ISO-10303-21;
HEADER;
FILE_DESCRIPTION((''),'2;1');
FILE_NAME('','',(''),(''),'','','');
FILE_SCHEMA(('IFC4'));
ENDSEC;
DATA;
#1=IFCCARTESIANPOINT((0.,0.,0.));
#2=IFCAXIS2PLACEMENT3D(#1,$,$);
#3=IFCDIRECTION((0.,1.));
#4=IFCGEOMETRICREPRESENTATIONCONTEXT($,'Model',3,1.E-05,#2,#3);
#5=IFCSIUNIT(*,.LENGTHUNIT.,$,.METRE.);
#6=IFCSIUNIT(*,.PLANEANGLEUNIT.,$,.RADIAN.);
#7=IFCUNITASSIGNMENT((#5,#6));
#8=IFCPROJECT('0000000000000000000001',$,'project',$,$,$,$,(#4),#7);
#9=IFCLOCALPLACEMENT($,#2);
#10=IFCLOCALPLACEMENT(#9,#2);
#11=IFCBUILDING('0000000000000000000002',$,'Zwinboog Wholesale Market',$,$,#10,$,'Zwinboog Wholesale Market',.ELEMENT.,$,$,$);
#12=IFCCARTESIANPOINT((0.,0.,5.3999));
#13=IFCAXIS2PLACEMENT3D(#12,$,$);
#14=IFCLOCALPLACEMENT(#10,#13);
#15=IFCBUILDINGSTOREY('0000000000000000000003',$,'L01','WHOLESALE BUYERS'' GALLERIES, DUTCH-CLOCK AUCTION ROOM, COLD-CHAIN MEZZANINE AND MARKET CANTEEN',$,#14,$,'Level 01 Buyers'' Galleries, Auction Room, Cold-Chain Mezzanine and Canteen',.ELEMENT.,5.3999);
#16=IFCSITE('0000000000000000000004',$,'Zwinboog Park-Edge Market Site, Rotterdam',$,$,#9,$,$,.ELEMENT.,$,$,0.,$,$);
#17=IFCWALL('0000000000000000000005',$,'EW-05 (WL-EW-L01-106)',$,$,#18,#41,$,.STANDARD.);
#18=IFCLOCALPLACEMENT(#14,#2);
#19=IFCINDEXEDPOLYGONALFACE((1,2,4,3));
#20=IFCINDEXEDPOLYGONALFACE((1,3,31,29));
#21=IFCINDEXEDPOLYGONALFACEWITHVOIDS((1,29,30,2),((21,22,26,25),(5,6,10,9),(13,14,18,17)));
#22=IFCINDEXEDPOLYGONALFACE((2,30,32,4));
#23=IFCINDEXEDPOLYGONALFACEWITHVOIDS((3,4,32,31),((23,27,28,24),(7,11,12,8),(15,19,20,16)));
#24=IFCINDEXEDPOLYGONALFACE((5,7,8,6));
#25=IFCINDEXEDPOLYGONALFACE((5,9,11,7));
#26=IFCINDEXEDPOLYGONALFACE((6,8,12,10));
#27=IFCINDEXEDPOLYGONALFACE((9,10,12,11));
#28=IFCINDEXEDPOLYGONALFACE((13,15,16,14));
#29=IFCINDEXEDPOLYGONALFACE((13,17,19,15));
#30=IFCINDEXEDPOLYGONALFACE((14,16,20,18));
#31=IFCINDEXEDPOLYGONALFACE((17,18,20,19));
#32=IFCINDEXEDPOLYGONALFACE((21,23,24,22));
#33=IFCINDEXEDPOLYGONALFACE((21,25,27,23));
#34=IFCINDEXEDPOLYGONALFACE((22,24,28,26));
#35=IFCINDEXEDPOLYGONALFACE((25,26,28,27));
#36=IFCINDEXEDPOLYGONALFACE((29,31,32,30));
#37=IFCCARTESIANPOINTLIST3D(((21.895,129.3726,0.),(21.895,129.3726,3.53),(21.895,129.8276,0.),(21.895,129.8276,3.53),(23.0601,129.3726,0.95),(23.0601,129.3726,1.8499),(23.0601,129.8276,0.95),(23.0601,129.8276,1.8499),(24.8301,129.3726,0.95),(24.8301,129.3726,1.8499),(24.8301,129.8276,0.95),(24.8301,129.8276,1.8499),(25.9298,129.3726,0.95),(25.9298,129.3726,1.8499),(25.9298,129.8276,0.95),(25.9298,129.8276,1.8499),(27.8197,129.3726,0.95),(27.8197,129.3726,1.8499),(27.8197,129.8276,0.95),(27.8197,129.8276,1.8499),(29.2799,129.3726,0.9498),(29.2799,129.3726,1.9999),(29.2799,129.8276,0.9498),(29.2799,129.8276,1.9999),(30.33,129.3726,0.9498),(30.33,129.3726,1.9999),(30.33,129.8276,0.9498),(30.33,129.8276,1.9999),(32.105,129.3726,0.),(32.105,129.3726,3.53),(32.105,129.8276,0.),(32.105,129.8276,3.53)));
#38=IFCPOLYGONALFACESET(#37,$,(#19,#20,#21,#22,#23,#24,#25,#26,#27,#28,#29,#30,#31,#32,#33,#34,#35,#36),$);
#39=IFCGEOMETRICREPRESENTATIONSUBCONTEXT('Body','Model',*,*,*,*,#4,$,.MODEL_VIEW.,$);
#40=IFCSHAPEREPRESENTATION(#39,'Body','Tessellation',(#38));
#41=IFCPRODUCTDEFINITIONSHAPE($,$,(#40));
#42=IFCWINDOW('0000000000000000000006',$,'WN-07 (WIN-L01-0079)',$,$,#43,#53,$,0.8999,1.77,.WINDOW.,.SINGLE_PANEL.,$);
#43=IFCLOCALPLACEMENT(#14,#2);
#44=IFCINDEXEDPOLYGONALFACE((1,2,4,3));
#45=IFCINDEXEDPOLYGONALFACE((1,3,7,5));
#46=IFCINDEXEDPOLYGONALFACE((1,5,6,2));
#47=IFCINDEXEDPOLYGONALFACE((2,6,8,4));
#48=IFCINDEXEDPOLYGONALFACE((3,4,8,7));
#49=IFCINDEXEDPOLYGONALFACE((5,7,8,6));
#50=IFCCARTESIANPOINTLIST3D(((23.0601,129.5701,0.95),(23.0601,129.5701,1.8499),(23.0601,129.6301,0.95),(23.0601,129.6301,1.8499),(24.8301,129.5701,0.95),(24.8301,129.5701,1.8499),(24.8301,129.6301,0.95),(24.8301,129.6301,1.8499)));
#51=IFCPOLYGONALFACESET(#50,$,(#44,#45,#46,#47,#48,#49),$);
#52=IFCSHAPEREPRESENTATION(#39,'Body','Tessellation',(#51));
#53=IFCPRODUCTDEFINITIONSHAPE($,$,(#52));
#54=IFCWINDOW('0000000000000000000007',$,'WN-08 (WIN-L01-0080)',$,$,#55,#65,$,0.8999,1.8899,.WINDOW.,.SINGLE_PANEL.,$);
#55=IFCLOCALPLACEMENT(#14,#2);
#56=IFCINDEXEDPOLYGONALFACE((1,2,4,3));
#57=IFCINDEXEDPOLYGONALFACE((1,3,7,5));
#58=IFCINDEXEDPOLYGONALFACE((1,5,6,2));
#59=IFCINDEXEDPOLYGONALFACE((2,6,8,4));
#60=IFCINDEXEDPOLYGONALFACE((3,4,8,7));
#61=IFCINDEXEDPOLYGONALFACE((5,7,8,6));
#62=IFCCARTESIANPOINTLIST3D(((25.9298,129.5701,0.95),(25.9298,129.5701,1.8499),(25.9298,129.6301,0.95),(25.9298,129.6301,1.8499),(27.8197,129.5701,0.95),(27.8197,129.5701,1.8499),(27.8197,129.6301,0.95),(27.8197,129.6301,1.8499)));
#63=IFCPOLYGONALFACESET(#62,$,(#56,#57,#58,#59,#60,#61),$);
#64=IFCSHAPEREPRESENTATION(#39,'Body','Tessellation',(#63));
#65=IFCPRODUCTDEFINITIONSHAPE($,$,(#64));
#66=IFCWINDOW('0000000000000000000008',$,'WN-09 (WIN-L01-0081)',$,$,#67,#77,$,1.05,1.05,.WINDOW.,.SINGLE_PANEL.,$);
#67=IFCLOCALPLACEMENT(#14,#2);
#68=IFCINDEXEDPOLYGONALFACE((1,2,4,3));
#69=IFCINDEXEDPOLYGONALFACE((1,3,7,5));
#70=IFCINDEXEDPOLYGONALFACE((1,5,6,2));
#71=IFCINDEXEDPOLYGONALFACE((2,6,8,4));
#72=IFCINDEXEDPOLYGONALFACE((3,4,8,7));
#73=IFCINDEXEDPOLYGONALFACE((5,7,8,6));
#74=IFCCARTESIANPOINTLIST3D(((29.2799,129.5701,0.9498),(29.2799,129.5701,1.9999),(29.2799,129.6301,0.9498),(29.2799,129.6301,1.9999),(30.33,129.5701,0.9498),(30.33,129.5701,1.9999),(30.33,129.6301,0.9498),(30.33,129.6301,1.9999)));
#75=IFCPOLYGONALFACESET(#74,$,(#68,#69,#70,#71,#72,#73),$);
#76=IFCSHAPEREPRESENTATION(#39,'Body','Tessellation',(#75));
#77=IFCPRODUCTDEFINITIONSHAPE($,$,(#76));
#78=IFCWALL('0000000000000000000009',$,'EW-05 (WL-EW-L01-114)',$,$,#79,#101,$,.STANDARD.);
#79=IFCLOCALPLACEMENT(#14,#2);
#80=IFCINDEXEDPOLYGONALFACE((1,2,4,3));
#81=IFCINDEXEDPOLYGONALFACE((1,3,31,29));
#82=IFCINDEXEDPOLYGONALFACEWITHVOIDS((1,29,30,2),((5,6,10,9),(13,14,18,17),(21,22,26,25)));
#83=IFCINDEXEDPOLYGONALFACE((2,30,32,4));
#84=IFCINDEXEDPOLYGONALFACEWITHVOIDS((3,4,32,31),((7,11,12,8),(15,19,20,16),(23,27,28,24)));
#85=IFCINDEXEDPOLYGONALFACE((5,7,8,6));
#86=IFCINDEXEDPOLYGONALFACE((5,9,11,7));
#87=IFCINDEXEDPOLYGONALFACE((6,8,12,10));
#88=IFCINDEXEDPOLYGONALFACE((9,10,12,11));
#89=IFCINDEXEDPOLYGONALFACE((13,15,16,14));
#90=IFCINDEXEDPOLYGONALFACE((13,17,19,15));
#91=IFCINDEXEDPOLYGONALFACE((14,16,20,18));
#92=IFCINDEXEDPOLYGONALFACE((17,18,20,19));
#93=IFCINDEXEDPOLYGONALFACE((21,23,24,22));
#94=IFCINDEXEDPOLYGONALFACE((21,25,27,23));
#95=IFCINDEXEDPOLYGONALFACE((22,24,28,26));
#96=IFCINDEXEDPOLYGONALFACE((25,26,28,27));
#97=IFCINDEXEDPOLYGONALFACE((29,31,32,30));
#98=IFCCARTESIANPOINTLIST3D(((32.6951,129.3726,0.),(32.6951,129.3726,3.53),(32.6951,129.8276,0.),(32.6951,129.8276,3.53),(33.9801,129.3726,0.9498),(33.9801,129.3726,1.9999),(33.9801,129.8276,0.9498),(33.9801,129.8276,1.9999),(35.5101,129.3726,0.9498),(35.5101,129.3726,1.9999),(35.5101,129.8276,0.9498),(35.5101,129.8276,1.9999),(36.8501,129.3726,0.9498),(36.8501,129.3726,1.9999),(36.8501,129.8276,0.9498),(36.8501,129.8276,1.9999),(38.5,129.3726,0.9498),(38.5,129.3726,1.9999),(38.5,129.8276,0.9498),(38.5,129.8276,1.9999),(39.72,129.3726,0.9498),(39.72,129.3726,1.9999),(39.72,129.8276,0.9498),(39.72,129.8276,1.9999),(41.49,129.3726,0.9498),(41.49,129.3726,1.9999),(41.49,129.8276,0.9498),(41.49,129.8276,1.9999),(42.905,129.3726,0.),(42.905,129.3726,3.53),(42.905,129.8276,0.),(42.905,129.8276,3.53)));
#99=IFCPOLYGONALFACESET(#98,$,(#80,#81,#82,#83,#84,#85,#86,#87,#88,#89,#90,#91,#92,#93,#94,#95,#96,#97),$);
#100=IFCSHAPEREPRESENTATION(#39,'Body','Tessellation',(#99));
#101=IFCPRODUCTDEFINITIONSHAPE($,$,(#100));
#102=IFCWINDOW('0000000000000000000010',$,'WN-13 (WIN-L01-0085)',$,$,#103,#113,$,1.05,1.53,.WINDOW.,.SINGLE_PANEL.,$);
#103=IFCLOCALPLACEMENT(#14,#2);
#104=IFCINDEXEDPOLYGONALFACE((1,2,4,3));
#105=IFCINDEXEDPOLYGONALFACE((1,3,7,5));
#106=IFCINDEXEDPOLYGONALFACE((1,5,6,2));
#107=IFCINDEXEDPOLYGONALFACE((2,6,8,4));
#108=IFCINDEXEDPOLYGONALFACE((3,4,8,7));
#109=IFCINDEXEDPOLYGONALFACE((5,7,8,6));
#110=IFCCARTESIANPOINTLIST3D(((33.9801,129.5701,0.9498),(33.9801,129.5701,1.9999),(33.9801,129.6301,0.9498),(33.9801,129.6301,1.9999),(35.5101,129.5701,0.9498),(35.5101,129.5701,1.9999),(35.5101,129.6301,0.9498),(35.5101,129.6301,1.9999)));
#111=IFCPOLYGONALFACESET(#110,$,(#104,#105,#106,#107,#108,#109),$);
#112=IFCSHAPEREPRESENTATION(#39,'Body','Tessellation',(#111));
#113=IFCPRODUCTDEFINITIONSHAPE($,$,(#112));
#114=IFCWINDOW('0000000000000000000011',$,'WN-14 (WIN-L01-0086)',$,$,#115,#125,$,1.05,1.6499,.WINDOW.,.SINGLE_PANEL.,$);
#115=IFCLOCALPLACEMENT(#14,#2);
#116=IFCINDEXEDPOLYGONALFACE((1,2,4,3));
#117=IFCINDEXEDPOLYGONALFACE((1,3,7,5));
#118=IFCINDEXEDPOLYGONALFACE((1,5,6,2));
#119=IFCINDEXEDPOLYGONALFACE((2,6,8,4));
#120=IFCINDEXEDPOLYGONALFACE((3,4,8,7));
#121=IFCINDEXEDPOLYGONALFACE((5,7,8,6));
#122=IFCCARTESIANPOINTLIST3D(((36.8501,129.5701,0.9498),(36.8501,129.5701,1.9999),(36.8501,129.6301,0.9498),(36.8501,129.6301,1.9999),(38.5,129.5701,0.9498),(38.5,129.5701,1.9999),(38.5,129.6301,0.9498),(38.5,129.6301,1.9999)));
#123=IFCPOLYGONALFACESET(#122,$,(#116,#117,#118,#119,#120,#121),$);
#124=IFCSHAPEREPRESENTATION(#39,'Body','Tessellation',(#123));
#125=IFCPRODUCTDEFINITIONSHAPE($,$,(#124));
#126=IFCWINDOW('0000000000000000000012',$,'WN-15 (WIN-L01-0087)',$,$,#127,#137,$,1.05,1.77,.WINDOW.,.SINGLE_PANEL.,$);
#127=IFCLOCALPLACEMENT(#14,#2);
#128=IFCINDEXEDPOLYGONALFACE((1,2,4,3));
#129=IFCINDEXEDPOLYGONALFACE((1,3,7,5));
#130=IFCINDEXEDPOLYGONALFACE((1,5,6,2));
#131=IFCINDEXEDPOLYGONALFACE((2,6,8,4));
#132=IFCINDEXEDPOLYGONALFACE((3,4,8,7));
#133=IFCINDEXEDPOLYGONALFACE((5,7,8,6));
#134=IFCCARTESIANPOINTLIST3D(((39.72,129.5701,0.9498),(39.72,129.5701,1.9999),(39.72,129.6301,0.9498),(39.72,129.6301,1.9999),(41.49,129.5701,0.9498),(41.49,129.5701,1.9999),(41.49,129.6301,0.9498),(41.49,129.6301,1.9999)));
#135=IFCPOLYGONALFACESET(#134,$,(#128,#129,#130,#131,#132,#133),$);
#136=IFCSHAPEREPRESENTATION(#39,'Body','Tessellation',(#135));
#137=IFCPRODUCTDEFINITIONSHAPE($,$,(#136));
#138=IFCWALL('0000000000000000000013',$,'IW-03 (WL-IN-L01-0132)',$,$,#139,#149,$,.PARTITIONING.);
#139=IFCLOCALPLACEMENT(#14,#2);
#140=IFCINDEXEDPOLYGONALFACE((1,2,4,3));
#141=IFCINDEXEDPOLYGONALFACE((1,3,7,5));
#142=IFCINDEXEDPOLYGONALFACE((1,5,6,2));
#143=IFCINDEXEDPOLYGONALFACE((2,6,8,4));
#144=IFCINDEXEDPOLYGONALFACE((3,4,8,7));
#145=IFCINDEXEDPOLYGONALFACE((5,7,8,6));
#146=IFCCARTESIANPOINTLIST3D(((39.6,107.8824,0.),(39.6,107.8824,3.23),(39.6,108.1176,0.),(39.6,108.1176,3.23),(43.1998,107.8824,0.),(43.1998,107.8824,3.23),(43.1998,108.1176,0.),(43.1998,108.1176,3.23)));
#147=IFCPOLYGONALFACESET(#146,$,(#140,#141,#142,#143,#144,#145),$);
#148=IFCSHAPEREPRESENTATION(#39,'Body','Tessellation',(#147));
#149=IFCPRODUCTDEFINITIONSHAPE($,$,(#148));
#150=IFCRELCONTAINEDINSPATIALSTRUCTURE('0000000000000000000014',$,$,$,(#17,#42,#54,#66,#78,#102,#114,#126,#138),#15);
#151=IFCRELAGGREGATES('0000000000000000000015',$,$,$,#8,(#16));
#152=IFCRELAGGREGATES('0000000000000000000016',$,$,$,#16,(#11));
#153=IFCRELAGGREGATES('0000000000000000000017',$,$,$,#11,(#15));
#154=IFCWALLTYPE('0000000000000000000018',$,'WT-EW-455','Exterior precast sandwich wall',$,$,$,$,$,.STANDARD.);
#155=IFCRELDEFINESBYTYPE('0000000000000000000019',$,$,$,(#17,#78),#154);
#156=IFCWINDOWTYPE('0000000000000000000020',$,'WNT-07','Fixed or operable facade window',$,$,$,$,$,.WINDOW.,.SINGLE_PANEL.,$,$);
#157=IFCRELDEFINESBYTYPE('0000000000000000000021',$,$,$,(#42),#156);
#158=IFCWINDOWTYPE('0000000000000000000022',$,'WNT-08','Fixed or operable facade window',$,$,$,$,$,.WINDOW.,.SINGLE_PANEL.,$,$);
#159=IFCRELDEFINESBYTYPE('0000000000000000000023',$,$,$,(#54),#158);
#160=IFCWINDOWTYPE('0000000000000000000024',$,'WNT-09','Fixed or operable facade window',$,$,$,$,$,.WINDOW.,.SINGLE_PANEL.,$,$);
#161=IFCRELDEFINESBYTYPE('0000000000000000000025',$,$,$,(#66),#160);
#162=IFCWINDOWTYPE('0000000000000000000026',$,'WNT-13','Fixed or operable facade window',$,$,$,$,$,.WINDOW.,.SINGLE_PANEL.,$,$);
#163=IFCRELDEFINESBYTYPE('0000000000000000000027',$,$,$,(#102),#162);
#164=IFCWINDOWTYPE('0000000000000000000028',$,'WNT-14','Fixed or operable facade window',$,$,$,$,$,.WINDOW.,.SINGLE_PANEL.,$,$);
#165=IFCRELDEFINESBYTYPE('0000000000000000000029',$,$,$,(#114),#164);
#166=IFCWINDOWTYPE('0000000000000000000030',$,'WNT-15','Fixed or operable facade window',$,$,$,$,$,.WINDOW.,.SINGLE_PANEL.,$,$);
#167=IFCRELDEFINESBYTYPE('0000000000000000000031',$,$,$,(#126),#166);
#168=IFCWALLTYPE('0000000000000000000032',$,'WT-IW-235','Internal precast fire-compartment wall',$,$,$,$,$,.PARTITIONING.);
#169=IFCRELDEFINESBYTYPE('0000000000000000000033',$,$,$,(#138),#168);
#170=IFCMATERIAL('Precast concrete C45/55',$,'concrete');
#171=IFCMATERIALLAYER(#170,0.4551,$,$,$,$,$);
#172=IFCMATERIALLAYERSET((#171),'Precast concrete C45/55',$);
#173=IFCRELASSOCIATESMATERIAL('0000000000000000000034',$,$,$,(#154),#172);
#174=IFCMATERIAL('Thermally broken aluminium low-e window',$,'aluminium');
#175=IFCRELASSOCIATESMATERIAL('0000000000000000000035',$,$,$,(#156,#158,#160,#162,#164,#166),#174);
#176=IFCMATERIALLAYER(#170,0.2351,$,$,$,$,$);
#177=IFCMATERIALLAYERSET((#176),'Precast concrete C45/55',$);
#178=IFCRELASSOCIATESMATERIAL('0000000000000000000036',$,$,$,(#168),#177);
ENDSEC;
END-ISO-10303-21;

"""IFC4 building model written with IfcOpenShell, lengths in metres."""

from ifc_helpers import new_model, si_unit, direction, frame, frame_2d, origin, place, context, subcontext, project, spatial, rectangle, extrude, material, layer, layer_set, type_object, element, fill, save


model = new_model("IFC4")

# Units and contexts
model_context = context("Model", 3, precision=1e-05, world=origin(), true_north=direction((0.0, 1.0)))
body_context = subcontext(model_context, "Body", "Model", "MODEL_VIEW")
ifc_project = project(units=[si_unit("LENGTHUNIT", "METRE"), si_unit("PLANEANGLEUNIT", "RADIAN")], contexts=[model_context])

# Site, building, storey
site_placement = place(None, origin())
site = spatial("IfcSite", under=ifc_project, at=site_placement, Name="Zwinboog Park-Edge Market Site, Rotterdam", CompositionType="ELEMENT", RefElevation=0.0)
building_placement = place(site_placement, origin())
building = spatial("IfcBuilding", under=site, at=building_placement, Name="Zwinboog Wholesale Market", LongName="Zwinboog Wholesale Market", CompositionType="ELEMENT")
storey_placement = place(building_placement, frame((0.0, 0.0, 5.3999)))
storey = spatial("IfcBuildingStorey", under=building, at=storey_placement, Name="L01", Description="WHOLESALE BUYERS' GALLERIES, DUTCH-CLOCK AUCTION ROOM, COLD-CHAIN MEZZANINE AND MARKET CANTEEN", LongName="Level 01 Buyers' Galleries, Auction Room, Cold-Chain Mezzanine and Canteen", CompositionType="ELEMENT", Elevation=5.3999)

# Shared definitions
ifc_material_1 = material(Name="Precast concrete C45/55", Category="concrete")

# Walls, openings, windows
ifc_layer_1 = layer(ifc_material_1, 0.4551)
ifc_layer_set_1 = layer_set([ifc_layer_1], Name="Precast concrete C45/55")
wall_type_1 = type_object("IfcWallType", Name="WT-EW-455", Description="Exterior precast sandwich wall", PredefinedType="STANDARD", material=ifc_layer_set_1)
ifc_material_2 = material(Name="Thermally broken aluminium low-e window", Category="aluminium")
wall_1_placement = place(storey_placement, frame((21.895, 129.6001, 0.0), z_axis=(0.0, 0.0, 1.0), x_axis=(1.0, 0.0, 0.0)))
wall_1 = element("IfcWall", 1, at=wall_1_placement, inside=storey, type_object=wall_type_1, Name="EW-05 (WL-EW-L01-106)", PredefinedType="STANDARD", context=body_context, shape_type="SweptSolid", body=[
    extrude(rectangle(XDim=10.21, YDim=0.4551, at=frame_2d((5.105, 0.0))), origin(), (0.0, 0.0, 1.0), 3.53),
])
opening_1_placement = place(wall_1_placement, frame((1.165, 0.0, 0.95)))
opening_1 = element("IfcOpeningElement", 2, at=opening_1_placement, cuts=wall_1, PredefinedType="OPENING", context=body_context, shape_type="SweptSolid", body=[
    extrude(rectangle(XDim=1.77, YDim=0.8999, at=frame_2d((0.885, 0.45))), frame((0.0, 0.2375, 0.0), z_axis=(0.0, -1.0, 0.0), x_axis=(1.0, 0.0, 0.0)), (0.0, 0.0, 1.0), 0.4751),
])
opening_2_placement = place(wall_1_placement, frame((4.0349, 0.0, 0.95)))
opening_2 = element("IfcOpeningElement", 3, at=opening_2_placement, cuts=wall_1, PredefinedType="OPENING", context=body_context, shape_type="SweptSolid", body=[
    extrude(rectangle(XDim=1.8899, YDim=0.8999, at=frame_2d((0.9448, 0.45))), frame((0.0, 0.2375, 0.0), z_axis=(0.0, -1.0, 0.0), x_axis=(1.0, 0.0, 0.0)), (0.0, 0.0, 1.0), 0.4751),
])
opening_3_placement = place(wall_1_placement, frame((7.385, 0.0, 0.95)))
opening_3 = element("IfcOpeningElement", 4, at=opening_3_placement, cuts=wall_1, PredefinedType="OPENING", context=body_context, shape_type="SweptSolid", body=[
    extrude(rectangle(XDim=1.05, YDim=1.05, at=frame_2d((0.5249, 0.5249))), frame((0.0, 0.2375, 0.0), z_axis=(0.0, -1.0, 0.0), x_axis=(1.0, 0.0, 0.0)), (0.0, 0.0, 1.0), 0.4751),
])
window_type_1 = type_object("IfcWindowType", Name="WNT-07", Description="Fixed or operable facade window", PartitioningType="SINGLE_PANEL", PredefinedType="WINDOW", material=ifc_material_2)
window_1_placement = place(opening_1_placement, origin())
window_1 = element("IfcWindow", 5, at=window_1_placement, inside=storey, type_object=window_type_1, Name="WN-07 (WIN-L01-0079)", OverallHeight=0.8999, OverallWidth=1.77, PartitioningType="SINGLE_PANEL", PredefinedType="WINDOW", context=body_context, shape_type="SweptSolid", body=[
    extrude(rectangle(XDim=1.77, YDim=0.8999, at=frame_2d((0.885, 0.45))), frame((0.0, 0.03, 0.0), z_axis=(0.0, -1.0, 0.0), x_axis=(1.0, 0.0, 0.0)), (0.0, 0.0, 1.0), 0.0601),
])
fill(opening_1, window_1)
window_type_2 = type_object("IfcWindowType", Name="WNT-08", Description="Fixed or operable facade window", PartitioningType="SINGLE_PANEL", PredefinedType="WINDOW", material=ifc_material_2)
window_2_placement = place(opening_2_placement, origin())
window_2 = element("IfcWindow", 6, at=window_2_placement, inside=storey, type_object=window_type_2, Name="WN-08 (WIN-L01-0080)", OverallHeight=0.8999, OverallWidth=1.8899, PartitioningType="SINGLE_PANEL", PredefinedType="WINDOW", context=body_context, shape_type="SweptSolid", body=[
    extrude(rectangle(XDim=1.8899, YDim=0.8999, at=frame_2d((0.9448, 0.45))), frame((0.0, 0.03, 0.0), z_axis=(0.0, -1.0, 0.0), x_axis=(1.0, 0.0, 0.0)), (0.0, 0.0, 1.0), 0.0601),
])
fill(opening_2, window_2)
window_type_3 = type_object("IfcWindowType", Name="WNT-09", Description="Fixed or operable facade window", PartitioningType="SINGLE_PANEL", PredefinedType="WINDOW", material=ifc_material_2)
window_3_placement = place(opening_3_placement, origin())
window_3 = element("IfcWindow", 7, at=window_3_placement, inside=storey, type_object=window_type_3, Name="WN-09 (WIN-L01-0081)", OverallHeight=1.05, OverallWidth=1.05, PartitioningType="SINGLE_PANEL", PredefinedType="WINDOW", context=body_context, shape_type="SweptSolid", body=[
    extrude(rectangle(XDim=1.05, YDim=1.05, at=frame_2d((0.5249, 0.5249))), frame((0.0, 0.03, 0.0), z_axis=(0.0, -1.0, 0.0), x_axis=(1.0, 0.0, 0.0)), (0.0, 0.0, 1.0), 0.0601),
])
fill(opening_3, window_3)
wall_2_placement = place(storey_placement, frame((32.6951, 129.6001, 0.0), z_axis=(0.0, 0.0, 1.0), x_axis=(1.0, 0.0, 0.0)))
wall_2 = element("IfcWall", 8, at=wall_2_placement, inside=storey, type_object=wall_type_1, Name="EW-05 (WL-EW-L01-114)", PredefinedType="STANDARD", context=body_context, shape_type="SweptSolid", body=[
    extrude(rectangle(XDim=10.21, YDim=0.4551, at=frame_2d((5.105, 0.0))), origin(), (0.0, 0.0, 1.0), 3.53),
])
opening_4_placement = place(wall_2_placement, frame((1.2849, 0.0, 0.95)))
opening_4 = element("IfcOpeningElement", 9, at=opening_4_placement, cuts=wall_2, PredefinedType="OPENING", context=body_context, shape_type="SweptSolid", body=[
    extrude(rectangle(XDim=1.53, YDim=1.05, at=frame_2d((0.7651, 0.5249))), frame((0.0, 0.2375, 0.0), z_axis=(0.0, -1.0, 0.0), x_axis=(1.0, 0.0, 0.0)), (0.0, 0.0, 1.0), 0.4751),
])
opening_5_placement = place(wall_2_placement, frame((4.155, 0.0, 0.95)))
opening_5 = element("IfcOpeningElement", 10, at=opening_5_placement, cuts=wall_2, PredefinedType="OPENING", context=body_context, shape_type="SweptSolid", body=[
    extrude(rectangle(XDim=1.6499, YDim=1.05, at=frame_2d((0.825, 0.5249))), frame((0.0, 0.2375, 0.0), z_axis=(0.0, -1.0, 0.0), x_axis=(1.0, 0.0, 0.0)), (0.0, 0.0, 1.0), 0.4751),
])
opening_6_placement = place(wall_2_placement, frame((7.0249, 0.0, 0.95)))
opening_6 = element("IfcOpeningElement", 11, at=opening_6_placement, cuts=wall_2, PredefinedType="OPENING", context=body_context, shape_type="SweptSolid", body=[
    extrude(rectangle(XDim=1.77, YDim=1.05, at=frame_2d((0.885, 0.5249))), frame((0.0, 0.2375, 0.0), z_axis=(0.0, -1.0, 0.0), x_axis=(1.0, 0.0, 0.0)), (0.0, 0.0, 1.0), 0.4751),
])
window_type_4 = type_object("IfcWindowType", Name="WNT-13", Description="Fixed or operable facade window", PartitioningType="SINGLE_PANEL", PredefinedType="WINDOW", material=ifc_material_2)
window_4_placement = place(opening_4_placement, origin())
window_4 = element("IfcWindow", 12, at=window_4_placement, inside=storey, type_object=window_type_4, Name="WN-13 (WIN-L01-0085)", OverallHeight=1.05, OverallWidth=1.53, PartitioningType="SINGLE_PANEL", PredefinedType="WINDOW", context=body_context, shape_type="SweptSolid", body=[
    extrude(rectangle(XDim=1.53, YDim=1.05, at=frame_2d((0.7651, 0.5249))), frame((0.0, 0.03, 0.0), z_axis=(0.0, -1.0, 0.0), x_axis=(1.0, 0.0, 0.0)), (0.0, 0.0, 1.0), 0.0601),
])
fill(opening_4, window_4)
window_type_5 = type_object("IfcWindowType", Name="WNT-14", Description="Fixed or operable facade window", PartitioningType="SINGLE_PANEL", PredefinedType="WINDOW", material=ifc_material_2)
window_5_placement = place(opening_5_placement, origin())
window_5 = element("IfcWindow", 13, at=window_5_placement, inside=storey, type_object=window_type_5, Name="WN-14 (WIN-L01-0086)", OverallHeight=1.05, OverallWidth=1.6499, PartitioningType="SINGLE_PANEL", PredefinedType="WINDOW", context=body_context, shape_type="SweptSolid", body=[
    extrude(rectangle(XDim=1.6499, YDim=1.05, at=frame_2d((0.825, 0.5249))), frame((0.0, 0.03, 0.0), z_axis=(0.0, -1.0, 0.0), x_axis=(1.0, 0.0, 0.0)), (0.0, 0.0, 1.0), 0.0601),
])
fill(opening_5, window_5)
window_type_6 = type_object("IfcWindowType", Name="WNT-15", Description="Fixed or operable facade window", PartitioningType="SINGLE_PANEL", PredefinedType="WINDOW", material=ifc_material_2)
window_6_placement = place(opening_6_placement, origin())
window_6 = element("IfcWindow", 14, at=window_6_placement, inside=storey, type_object=window_type_6, Name="WN-15 (WIN-L01-0087)", OverallHeight=1.05, OverallWidth=1.77, PartitioningType="SINGLE_PANEL", PredefinedType="WINDOW", context=body_context, shape_type="SweptSolid", body=[
    extrude(rectangle(XDim=1.77, YDim=1.05, at=frame_2d((0.885, 0.5249))), frame((0.0, 0.03, 0.0), z_axis=(0.0, -1.0, 0.0), x_axis=(1.0, 0.0, 0.0)), (0.0, 0.0, 1.0), 0.0601),
])
fill(opening_6, window_6)

# Wall
ifc_layer_2 = layer(ifc_material_1, 0.2351)
ifc_layer_set_2 = layer_set([ifc_layer_2], Name="Precast concrete C45/55")
wall_type_2 = type_object("IfcWallType", Name="WT-IW-235", Description="Internal precast fire-compartment wall", PredefinedType="PARTITIONING", material=ifc_layer_set_2)
wall_3_placement = place(storey_placement, frame((39.6001, 108.0, 0.0), z_axis=(0.0, 0.0, 1.0), x_axis=(1.0, 0.0, 0.0)))
element("IfcWall", 15, at=wall_3_placement, inside=storey, type_object=wall_type_2, Name="IW-03 (WL-IN-L01-0132)", PredefinedType="PARTITIONING", context=body_context, shape_type="SweptSolid", body=[
    extrude(rectangle(XDim=3.5999, YDim=0.2351, at=frame_2d((1.7998, 0.0))), origin(), (0.0, 0.0, 1.0), 3.23),
])

save(model, "model.ifc")
